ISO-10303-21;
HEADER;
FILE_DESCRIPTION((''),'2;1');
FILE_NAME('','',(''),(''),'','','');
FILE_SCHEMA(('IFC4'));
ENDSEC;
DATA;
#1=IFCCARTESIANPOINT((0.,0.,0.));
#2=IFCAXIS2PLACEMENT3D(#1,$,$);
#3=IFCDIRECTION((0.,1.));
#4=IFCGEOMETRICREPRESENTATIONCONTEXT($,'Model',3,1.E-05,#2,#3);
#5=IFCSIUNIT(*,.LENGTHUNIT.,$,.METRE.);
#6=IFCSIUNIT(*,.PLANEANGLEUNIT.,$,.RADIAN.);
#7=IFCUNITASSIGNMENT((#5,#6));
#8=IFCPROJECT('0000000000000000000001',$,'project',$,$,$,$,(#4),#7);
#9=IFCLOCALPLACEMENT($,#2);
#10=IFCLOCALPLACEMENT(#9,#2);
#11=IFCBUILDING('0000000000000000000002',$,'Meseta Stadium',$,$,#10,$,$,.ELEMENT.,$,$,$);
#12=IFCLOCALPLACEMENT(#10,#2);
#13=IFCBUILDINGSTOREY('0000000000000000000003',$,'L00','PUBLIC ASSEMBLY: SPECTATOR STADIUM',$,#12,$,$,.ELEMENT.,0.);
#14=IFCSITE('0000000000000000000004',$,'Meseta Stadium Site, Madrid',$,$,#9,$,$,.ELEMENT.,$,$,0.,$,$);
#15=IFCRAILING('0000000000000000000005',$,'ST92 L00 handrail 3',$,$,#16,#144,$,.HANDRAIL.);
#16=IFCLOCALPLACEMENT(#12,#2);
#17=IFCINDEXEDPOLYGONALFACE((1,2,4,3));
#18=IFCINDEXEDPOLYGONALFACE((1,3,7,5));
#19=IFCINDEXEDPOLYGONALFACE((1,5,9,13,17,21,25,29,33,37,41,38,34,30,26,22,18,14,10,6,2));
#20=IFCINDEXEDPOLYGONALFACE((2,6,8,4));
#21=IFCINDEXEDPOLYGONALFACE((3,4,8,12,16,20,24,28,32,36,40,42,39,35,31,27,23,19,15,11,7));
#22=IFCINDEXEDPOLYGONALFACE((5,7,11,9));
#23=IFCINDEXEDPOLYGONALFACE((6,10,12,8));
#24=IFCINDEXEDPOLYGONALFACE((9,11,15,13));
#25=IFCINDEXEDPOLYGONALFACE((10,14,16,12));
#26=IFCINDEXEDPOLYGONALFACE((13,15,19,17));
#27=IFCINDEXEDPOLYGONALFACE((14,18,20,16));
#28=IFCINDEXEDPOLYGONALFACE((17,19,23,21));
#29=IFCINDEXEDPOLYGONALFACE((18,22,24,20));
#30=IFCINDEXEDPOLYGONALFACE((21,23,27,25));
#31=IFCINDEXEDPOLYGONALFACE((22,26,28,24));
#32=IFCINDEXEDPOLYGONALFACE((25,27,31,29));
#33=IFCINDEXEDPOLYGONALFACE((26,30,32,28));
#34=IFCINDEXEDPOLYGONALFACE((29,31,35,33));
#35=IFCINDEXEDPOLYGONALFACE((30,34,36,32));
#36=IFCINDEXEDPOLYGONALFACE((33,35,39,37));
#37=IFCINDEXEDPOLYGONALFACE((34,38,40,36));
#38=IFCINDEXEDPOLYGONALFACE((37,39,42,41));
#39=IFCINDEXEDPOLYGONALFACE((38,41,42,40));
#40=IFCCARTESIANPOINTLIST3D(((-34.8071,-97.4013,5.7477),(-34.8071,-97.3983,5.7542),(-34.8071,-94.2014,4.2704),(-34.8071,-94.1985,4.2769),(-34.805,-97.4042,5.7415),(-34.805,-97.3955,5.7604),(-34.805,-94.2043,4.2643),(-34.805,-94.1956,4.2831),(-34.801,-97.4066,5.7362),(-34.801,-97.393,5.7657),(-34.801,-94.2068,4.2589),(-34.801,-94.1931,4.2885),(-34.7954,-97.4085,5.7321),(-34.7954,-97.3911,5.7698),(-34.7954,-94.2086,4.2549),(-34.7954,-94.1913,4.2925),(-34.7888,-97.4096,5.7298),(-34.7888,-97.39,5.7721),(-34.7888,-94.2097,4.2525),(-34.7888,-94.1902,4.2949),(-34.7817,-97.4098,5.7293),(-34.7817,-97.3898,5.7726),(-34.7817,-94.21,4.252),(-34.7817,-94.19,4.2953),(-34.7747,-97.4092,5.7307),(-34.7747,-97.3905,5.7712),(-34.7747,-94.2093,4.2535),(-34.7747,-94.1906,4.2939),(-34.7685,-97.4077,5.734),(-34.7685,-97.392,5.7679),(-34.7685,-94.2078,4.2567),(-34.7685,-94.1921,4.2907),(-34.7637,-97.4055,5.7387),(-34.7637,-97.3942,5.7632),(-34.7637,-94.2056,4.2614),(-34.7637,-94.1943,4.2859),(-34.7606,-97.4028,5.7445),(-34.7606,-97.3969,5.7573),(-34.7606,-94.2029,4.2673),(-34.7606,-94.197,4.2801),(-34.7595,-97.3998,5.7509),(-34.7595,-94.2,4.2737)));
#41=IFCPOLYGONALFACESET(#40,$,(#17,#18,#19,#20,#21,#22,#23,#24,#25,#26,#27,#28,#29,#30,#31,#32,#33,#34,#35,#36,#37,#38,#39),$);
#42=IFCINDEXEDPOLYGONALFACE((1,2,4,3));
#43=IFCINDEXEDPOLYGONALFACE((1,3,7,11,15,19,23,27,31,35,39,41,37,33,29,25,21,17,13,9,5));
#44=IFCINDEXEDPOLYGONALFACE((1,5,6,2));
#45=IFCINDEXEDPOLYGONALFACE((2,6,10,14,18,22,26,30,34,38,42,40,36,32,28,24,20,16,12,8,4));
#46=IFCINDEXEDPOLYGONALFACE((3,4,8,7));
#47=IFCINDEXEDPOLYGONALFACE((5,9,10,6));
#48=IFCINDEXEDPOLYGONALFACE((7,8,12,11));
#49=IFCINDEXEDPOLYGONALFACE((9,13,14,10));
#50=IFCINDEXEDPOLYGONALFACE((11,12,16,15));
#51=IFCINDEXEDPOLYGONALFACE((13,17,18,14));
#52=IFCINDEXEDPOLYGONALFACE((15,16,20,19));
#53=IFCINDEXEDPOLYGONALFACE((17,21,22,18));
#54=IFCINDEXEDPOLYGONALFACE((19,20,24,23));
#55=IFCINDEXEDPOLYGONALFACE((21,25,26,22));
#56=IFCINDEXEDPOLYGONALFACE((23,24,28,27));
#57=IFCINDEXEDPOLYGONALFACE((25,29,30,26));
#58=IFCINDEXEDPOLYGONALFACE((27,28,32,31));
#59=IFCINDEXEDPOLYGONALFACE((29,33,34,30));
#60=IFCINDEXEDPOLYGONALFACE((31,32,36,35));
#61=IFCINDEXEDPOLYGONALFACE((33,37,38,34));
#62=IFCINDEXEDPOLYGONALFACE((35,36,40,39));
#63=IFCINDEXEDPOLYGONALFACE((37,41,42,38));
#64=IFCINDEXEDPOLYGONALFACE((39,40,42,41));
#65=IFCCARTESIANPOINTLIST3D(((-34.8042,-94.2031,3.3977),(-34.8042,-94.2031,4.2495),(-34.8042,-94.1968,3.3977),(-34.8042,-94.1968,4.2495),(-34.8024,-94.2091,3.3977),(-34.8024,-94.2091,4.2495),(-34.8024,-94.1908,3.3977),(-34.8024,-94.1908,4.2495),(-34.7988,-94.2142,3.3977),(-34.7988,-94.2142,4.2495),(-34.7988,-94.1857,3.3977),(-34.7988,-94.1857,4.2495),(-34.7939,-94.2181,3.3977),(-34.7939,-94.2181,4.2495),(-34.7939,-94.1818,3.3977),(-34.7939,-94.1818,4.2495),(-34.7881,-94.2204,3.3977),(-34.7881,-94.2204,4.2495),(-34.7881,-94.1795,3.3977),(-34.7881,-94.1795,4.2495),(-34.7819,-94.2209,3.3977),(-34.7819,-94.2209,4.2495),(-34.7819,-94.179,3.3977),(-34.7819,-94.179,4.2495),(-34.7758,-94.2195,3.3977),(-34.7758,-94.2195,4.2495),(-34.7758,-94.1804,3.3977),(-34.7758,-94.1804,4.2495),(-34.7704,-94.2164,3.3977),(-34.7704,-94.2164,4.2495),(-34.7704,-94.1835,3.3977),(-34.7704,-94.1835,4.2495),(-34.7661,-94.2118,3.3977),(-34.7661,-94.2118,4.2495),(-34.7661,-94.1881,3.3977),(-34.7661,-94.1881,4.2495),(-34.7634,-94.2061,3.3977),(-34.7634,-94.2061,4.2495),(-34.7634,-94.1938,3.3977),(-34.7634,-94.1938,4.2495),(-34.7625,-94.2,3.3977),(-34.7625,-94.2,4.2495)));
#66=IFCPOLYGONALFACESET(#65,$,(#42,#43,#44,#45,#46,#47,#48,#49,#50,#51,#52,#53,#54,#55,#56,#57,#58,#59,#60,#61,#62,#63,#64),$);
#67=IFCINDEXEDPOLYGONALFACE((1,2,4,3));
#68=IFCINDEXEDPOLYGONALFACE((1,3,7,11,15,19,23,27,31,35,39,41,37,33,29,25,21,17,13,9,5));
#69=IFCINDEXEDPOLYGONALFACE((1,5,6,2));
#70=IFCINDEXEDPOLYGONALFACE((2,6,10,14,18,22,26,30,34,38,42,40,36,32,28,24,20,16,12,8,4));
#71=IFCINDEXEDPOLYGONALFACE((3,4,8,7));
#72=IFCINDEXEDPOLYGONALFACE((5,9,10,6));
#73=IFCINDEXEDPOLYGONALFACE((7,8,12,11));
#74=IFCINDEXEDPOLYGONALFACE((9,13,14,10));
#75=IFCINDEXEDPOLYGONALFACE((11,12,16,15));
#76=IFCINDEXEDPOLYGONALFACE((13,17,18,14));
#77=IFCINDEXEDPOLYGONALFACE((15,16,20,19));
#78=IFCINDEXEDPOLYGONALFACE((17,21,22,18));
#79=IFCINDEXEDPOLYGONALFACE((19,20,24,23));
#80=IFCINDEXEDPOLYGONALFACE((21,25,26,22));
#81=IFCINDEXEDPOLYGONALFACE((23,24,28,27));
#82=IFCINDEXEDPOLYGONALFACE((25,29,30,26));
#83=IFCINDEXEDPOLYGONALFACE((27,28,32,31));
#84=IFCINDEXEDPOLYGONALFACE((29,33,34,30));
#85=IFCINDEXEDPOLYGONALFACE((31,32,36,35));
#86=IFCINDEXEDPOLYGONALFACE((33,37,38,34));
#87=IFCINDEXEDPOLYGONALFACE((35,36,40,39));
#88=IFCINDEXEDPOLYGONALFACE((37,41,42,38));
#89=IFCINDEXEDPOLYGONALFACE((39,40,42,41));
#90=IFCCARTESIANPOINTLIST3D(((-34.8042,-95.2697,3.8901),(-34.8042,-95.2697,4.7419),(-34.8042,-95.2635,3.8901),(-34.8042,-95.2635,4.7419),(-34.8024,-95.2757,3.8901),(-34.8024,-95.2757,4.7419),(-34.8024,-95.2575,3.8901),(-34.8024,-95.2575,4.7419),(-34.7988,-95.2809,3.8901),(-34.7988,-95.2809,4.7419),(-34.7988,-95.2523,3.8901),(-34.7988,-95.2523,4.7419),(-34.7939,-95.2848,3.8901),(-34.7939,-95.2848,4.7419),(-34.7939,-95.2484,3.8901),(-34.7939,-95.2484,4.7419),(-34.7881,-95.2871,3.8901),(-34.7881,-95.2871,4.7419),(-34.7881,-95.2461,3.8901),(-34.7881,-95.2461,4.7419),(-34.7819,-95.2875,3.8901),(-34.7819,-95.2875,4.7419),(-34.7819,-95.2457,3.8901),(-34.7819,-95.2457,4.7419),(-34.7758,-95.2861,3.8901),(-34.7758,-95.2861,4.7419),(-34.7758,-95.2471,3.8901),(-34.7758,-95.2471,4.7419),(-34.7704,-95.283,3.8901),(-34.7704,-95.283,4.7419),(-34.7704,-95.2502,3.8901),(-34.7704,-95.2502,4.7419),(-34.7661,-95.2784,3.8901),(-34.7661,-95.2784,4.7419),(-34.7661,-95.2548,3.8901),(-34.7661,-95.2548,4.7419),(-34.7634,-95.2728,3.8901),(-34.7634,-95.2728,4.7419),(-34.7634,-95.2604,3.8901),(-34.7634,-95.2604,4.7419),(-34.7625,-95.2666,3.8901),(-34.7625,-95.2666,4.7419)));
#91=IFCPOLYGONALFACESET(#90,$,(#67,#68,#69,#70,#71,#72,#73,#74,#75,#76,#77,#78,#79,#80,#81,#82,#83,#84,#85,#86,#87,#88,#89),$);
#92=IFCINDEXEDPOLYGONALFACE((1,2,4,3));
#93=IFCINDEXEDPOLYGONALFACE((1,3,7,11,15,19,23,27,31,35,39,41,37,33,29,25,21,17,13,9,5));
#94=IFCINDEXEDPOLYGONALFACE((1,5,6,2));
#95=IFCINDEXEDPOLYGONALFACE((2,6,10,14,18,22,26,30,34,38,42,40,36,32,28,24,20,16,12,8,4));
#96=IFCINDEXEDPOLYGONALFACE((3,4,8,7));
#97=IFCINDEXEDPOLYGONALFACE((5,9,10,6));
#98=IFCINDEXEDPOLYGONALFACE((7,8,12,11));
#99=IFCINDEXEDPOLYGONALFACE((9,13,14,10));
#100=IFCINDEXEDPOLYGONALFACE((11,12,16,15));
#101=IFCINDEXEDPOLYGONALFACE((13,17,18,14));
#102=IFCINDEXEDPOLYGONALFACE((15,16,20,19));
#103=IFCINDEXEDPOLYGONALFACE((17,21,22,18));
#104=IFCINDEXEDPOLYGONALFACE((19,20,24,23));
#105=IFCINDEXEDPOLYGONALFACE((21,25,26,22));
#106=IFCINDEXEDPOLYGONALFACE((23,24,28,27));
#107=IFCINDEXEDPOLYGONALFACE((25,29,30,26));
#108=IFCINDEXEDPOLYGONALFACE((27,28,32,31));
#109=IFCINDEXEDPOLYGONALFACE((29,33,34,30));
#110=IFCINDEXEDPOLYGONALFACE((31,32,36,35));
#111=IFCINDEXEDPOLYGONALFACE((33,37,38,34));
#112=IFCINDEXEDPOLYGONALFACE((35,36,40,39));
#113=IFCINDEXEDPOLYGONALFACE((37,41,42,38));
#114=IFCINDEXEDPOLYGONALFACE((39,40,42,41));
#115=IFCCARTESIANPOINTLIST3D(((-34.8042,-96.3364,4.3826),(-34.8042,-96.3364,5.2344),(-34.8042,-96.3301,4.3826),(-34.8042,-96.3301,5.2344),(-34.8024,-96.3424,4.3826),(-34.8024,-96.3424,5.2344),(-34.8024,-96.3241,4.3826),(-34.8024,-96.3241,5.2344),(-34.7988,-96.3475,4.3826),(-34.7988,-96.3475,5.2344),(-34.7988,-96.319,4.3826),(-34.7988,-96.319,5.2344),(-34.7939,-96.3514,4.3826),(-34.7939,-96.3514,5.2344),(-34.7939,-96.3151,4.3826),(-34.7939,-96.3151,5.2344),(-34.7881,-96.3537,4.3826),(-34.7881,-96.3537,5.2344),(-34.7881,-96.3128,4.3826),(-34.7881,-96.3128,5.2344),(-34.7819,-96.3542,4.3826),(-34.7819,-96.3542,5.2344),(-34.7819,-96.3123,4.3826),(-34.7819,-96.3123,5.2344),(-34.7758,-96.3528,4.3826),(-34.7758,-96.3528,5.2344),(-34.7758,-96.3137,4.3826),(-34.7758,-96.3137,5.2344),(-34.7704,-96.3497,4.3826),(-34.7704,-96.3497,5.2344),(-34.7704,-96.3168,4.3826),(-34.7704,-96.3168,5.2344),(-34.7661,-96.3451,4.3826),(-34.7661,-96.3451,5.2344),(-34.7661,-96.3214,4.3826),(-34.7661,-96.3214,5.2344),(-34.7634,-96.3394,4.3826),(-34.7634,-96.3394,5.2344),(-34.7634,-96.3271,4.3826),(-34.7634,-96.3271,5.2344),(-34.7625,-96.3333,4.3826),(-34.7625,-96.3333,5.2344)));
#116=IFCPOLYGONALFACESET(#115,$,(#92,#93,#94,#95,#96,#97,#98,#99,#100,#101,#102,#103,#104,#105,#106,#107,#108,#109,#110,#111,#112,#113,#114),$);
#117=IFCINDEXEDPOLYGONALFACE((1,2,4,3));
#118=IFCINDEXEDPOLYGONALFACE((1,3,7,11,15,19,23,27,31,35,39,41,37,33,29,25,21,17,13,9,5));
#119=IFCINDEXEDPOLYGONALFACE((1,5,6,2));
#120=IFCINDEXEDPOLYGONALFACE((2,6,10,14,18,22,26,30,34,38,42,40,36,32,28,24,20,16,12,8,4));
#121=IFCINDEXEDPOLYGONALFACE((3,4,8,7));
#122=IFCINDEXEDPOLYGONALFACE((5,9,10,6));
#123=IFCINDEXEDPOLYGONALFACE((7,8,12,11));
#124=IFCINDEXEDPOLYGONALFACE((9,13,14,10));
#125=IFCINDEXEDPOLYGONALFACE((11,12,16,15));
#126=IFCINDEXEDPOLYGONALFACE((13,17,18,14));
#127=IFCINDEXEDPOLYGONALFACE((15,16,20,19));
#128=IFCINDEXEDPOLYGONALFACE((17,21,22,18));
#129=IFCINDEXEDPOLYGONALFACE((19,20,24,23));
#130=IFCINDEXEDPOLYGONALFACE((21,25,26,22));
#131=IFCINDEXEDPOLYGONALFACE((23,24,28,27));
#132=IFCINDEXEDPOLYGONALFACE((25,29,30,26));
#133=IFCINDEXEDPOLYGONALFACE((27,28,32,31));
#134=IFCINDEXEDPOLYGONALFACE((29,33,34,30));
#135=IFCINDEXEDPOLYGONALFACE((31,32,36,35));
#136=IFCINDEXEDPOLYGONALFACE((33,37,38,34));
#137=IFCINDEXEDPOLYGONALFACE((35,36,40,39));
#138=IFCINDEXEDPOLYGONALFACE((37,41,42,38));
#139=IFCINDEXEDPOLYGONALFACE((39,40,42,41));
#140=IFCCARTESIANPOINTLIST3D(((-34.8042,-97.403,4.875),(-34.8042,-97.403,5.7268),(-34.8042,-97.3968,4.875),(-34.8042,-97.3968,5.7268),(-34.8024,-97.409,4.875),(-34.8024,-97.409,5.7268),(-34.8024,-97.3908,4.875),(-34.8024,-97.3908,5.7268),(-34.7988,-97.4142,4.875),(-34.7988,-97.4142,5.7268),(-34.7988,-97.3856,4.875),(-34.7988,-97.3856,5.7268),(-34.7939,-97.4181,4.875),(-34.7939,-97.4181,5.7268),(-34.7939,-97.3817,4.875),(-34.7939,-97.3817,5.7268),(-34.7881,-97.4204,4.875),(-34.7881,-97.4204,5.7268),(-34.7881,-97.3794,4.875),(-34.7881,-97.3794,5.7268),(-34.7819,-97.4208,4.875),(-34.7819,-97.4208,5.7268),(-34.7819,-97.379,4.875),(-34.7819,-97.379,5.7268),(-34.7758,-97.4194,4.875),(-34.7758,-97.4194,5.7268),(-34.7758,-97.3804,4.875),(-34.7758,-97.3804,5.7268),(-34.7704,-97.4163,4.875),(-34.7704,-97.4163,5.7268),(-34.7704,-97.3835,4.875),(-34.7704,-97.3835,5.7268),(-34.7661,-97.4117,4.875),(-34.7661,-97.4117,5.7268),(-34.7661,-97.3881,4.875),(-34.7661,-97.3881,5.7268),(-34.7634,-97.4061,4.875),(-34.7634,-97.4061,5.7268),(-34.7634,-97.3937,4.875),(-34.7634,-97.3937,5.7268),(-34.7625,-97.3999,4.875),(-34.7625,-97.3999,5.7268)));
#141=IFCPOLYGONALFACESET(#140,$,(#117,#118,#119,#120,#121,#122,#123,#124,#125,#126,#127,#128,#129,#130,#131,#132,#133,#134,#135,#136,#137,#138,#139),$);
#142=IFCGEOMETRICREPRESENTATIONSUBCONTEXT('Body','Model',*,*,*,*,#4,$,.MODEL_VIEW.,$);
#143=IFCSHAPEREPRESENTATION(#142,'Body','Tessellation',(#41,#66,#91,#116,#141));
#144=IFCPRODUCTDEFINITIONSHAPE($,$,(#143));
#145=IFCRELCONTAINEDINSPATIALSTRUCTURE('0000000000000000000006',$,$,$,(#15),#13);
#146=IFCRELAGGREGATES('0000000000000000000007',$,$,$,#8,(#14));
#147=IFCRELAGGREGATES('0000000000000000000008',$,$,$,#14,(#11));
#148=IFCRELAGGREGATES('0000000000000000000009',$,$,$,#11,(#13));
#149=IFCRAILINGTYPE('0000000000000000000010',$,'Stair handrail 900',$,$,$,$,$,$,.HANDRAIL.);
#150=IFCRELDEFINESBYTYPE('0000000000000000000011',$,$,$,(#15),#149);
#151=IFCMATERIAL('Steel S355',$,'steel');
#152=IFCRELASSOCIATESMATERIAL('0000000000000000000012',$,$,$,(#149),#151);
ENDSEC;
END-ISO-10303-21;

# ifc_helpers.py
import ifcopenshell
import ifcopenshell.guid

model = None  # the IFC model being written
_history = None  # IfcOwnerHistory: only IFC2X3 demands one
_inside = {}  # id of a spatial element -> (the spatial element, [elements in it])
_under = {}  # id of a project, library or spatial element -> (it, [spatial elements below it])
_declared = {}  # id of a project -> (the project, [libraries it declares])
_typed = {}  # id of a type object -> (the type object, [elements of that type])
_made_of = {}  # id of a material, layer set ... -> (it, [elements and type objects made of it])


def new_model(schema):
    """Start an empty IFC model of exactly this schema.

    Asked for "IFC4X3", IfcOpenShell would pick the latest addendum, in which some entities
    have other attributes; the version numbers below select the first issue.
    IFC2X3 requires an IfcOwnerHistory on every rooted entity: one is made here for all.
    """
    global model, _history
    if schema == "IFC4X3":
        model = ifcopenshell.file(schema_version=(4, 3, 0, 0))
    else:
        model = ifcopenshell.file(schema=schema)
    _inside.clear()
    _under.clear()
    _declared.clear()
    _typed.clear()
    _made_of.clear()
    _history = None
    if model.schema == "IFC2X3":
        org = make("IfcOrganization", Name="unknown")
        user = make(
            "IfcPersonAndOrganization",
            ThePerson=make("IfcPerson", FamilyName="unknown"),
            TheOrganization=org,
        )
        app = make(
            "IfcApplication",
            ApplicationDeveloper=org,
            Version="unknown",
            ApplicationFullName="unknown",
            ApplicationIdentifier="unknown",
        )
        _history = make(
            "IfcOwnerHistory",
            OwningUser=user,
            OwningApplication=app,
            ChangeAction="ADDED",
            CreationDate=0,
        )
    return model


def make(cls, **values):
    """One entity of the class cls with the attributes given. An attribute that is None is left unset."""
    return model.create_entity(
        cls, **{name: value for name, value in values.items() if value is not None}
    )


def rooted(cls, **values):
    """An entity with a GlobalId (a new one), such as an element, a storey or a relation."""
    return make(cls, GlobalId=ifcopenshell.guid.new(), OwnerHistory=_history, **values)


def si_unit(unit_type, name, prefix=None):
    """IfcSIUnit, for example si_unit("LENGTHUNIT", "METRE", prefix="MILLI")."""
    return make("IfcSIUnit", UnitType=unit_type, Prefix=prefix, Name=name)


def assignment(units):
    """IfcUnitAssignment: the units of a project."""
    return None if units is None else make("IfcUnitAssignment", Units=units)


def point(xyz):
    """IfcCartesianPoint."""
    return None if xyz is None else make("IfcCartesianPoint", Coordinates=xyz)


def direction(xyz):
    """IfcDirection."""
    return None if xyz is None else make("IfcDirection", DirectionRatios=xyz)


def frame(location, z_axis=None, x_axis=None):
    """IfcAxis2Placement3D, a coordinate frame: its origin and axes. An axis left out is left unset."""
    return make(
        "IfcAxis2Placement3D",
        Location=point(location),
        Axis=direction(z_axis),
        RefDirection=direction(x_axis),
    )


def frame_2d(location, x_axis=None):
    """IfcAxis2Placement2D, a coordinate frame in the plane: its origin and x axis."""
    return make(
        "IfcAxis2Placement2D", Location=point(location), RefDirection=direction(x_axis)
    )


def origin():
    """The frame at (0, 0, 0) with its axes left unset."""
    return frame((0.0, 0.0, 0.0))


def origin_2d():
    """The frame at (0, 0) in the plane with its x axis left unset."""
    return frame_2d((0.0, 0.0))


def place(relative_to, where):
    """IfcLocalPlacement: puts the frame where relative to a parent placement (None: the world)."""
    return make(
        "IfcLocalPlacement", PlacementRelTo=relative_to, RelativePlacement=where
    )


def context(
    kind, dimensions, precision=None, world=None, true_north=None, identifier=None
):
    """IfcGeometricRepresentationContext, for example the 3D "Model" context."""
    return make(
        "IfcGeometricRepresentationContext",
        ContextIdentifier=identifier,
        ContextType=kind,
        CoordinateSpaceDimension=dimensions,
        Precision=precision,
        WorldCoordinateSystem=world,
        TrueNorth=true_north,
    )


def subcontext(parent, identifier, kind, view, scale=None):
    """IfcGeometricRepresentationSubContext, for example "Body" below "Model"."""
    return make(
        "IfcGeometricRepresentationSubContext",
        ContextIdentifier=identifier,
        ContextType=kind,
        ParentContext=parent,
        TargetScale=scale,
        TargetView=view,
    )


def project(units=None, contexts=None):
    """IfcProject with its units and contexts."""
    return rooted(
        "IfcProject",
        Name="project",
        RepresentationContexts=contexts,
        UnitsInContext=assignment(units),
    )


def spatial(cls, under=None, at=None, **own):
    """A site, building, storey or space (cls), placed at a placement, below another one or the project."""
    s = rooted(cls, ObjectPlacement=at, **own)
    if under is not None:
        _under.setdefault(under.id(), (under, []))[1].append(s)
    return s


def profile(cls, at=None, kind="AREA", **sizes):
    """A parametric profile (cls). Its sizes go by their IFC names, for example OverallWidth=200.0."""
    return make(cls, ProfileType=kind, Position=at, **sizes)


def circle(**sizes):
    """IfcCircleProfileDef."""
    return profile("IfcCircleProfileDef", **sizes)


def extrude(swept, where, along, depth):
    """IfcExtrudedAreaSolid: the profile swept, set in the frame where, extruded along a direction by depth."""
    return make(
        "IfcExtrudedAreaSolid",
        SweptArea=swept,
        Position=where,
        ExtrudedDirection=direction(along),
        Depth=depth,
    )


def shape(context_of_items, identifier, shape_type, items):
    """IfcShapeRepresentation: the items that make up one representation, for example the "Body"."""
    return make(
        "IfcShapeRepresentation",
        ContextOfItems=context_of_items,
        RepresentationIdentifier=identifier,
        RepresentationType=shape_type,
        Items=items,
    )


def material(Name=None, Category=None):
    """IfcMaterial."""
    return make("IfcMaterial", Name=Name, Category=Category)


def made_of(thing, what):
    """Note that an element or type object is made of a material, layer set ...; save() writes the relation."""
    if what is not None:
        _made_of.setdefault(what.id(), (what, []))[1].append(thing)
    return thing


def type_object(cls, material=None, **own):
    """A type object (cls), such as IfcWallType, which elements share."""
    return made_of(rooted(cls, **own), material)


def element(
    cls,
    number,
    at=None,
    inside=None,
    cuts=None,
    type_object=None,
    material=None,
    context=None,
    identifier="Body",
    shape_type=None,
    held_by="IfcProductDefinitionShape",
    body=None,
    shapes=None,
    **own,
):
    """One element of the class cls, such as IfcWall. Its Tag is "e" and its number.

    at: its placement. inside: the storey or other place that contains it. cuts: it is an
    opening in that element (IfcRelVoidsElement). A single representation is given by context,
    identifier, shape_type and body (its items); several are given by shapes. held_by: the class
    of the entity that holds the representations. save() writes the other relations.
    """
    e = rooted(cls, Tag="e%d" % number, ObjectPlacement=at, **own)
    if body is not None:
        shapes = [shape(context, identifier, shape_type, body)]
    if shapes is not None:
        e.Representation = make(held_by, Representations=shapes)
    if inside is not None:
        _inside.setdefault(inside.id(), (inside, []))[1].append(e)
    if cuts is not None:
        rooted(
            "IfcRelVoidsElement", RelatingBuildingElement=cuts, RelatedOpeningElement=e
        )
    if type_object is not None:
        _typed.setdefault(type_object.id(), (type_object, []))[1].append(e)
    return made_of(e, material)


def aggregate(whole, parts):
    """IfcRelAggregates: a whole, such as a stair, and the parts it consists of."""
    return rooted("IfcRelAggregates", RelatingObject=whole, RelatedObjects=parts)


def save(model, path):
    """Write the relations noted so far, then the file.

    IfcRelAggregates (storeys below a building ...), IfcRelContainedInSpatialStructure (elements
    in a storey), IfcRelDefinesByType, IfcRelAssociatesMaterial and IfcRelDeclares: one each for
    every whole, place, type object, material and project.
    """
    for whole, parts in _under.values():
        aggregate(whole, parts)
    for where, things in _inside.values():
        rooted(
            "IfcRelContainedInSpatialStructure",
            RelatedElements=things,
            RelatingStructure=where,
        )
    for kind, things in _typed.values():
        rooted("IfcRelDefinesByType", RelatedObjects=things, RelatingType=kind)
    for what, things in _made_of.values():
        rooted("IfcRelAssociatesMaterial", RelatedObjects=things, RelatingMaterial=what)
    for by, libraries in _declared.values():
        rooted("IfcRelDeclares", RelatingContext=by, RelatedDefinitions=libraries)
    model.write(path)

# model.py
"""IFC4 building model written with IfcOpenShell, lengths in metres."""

from ifc_helpers import new_model, si_unit, direction, frame, origin, origin_2d, place, context, subcontext, project, spatial, circle, extrude, material, type_object, element, save


model = new_model("IFC4")

# Units and contexts
model_context = context("Model", 3, precision=1e-05, world=origin(), true_north=direction((0.0, 1.0)))
body_context = subcontext(model_context, "Body", "Model", "MODEL_VIEW")
ifc_project = project(units=[si_unit("LENGTHUNIT", "METRE"), si_unit("PLANEANGLEUNIT", "RADIAN")], contexts=[model_context])

# Site, building, storey
site_placement = place(None, origin())
site = spatial("IfcSite", under=ifc_project, at=site_placement, Name="Meseta Stadium Site, Madrid", CompositionType="ELEMENT", RefElevation=0.0)
building_placement = place(site_placement, origin())
building = spatial("IfcBuilding", under=site, at=building_placement, Name="Meseta Stadium", CompositionType="ELEMENT")
storey_placement = place(building_placement, origin())
storey = spatial("IfcBuildingStorey", under=building, at=storey_placement, Name="L00", Description="PUBLIC ASSEMBLY: SPECTATOR STADIUM", CompositionType="ELEMENT", Elevation=0.0)

# Railing
ifc_material_1 = material(Name="Steel S355", Category="steel")
railing_type_1 = type_object("IfcRailingType", Name="Stair handrail 900", PredefinedType="HANDRAIL", material=ifc_material_1)
for number, where, name in (
    (1, (-34.7834, -94.2, 3.3977), "ST92 L00 handrail 3"),
):
    element("IfcRailing", number, at=place(storey_placement, frame(where)), inside=storey, type_object=railing_type_1, Name=name, PredefinedType="HANDRAIL", context=body_context, shape_type="SweptSolid", body=[
        extrude(circle(Radius=0.0239, at=origin_2d()), frame((0.0, 0.0, 0.876), z_axis=(0.0, -0.907917, 0.41915), x_axis=(1.0, 0.0, 0.0)), (0.0, 0.0, 1.0), 3.5244),
        extrude(circle(Radius=0.021, at=origin_2d()), origin(), (0.0, 0.0, 1.0), 0.8518),
        extrude(circle(Radius=0.021, at=origin_2d()), frame((0.0, -1.0667, 0.4924)), (0.0, 0.0, 1.0), 0.8518),
        extrude(circle(Radius=0.021, at=origin_2d()), frame((0.0, -2.1333, 0.9849)), (0.0, 0.0, 1.0), 0.8518),
        extrude(circle(Radius=0.021, at=origin_2d()), frame((0.0, -3.2, 1.4773)), (0.0, 0.0, 1.0), 0.8518),
    ])

save(model, "model.ifc")
